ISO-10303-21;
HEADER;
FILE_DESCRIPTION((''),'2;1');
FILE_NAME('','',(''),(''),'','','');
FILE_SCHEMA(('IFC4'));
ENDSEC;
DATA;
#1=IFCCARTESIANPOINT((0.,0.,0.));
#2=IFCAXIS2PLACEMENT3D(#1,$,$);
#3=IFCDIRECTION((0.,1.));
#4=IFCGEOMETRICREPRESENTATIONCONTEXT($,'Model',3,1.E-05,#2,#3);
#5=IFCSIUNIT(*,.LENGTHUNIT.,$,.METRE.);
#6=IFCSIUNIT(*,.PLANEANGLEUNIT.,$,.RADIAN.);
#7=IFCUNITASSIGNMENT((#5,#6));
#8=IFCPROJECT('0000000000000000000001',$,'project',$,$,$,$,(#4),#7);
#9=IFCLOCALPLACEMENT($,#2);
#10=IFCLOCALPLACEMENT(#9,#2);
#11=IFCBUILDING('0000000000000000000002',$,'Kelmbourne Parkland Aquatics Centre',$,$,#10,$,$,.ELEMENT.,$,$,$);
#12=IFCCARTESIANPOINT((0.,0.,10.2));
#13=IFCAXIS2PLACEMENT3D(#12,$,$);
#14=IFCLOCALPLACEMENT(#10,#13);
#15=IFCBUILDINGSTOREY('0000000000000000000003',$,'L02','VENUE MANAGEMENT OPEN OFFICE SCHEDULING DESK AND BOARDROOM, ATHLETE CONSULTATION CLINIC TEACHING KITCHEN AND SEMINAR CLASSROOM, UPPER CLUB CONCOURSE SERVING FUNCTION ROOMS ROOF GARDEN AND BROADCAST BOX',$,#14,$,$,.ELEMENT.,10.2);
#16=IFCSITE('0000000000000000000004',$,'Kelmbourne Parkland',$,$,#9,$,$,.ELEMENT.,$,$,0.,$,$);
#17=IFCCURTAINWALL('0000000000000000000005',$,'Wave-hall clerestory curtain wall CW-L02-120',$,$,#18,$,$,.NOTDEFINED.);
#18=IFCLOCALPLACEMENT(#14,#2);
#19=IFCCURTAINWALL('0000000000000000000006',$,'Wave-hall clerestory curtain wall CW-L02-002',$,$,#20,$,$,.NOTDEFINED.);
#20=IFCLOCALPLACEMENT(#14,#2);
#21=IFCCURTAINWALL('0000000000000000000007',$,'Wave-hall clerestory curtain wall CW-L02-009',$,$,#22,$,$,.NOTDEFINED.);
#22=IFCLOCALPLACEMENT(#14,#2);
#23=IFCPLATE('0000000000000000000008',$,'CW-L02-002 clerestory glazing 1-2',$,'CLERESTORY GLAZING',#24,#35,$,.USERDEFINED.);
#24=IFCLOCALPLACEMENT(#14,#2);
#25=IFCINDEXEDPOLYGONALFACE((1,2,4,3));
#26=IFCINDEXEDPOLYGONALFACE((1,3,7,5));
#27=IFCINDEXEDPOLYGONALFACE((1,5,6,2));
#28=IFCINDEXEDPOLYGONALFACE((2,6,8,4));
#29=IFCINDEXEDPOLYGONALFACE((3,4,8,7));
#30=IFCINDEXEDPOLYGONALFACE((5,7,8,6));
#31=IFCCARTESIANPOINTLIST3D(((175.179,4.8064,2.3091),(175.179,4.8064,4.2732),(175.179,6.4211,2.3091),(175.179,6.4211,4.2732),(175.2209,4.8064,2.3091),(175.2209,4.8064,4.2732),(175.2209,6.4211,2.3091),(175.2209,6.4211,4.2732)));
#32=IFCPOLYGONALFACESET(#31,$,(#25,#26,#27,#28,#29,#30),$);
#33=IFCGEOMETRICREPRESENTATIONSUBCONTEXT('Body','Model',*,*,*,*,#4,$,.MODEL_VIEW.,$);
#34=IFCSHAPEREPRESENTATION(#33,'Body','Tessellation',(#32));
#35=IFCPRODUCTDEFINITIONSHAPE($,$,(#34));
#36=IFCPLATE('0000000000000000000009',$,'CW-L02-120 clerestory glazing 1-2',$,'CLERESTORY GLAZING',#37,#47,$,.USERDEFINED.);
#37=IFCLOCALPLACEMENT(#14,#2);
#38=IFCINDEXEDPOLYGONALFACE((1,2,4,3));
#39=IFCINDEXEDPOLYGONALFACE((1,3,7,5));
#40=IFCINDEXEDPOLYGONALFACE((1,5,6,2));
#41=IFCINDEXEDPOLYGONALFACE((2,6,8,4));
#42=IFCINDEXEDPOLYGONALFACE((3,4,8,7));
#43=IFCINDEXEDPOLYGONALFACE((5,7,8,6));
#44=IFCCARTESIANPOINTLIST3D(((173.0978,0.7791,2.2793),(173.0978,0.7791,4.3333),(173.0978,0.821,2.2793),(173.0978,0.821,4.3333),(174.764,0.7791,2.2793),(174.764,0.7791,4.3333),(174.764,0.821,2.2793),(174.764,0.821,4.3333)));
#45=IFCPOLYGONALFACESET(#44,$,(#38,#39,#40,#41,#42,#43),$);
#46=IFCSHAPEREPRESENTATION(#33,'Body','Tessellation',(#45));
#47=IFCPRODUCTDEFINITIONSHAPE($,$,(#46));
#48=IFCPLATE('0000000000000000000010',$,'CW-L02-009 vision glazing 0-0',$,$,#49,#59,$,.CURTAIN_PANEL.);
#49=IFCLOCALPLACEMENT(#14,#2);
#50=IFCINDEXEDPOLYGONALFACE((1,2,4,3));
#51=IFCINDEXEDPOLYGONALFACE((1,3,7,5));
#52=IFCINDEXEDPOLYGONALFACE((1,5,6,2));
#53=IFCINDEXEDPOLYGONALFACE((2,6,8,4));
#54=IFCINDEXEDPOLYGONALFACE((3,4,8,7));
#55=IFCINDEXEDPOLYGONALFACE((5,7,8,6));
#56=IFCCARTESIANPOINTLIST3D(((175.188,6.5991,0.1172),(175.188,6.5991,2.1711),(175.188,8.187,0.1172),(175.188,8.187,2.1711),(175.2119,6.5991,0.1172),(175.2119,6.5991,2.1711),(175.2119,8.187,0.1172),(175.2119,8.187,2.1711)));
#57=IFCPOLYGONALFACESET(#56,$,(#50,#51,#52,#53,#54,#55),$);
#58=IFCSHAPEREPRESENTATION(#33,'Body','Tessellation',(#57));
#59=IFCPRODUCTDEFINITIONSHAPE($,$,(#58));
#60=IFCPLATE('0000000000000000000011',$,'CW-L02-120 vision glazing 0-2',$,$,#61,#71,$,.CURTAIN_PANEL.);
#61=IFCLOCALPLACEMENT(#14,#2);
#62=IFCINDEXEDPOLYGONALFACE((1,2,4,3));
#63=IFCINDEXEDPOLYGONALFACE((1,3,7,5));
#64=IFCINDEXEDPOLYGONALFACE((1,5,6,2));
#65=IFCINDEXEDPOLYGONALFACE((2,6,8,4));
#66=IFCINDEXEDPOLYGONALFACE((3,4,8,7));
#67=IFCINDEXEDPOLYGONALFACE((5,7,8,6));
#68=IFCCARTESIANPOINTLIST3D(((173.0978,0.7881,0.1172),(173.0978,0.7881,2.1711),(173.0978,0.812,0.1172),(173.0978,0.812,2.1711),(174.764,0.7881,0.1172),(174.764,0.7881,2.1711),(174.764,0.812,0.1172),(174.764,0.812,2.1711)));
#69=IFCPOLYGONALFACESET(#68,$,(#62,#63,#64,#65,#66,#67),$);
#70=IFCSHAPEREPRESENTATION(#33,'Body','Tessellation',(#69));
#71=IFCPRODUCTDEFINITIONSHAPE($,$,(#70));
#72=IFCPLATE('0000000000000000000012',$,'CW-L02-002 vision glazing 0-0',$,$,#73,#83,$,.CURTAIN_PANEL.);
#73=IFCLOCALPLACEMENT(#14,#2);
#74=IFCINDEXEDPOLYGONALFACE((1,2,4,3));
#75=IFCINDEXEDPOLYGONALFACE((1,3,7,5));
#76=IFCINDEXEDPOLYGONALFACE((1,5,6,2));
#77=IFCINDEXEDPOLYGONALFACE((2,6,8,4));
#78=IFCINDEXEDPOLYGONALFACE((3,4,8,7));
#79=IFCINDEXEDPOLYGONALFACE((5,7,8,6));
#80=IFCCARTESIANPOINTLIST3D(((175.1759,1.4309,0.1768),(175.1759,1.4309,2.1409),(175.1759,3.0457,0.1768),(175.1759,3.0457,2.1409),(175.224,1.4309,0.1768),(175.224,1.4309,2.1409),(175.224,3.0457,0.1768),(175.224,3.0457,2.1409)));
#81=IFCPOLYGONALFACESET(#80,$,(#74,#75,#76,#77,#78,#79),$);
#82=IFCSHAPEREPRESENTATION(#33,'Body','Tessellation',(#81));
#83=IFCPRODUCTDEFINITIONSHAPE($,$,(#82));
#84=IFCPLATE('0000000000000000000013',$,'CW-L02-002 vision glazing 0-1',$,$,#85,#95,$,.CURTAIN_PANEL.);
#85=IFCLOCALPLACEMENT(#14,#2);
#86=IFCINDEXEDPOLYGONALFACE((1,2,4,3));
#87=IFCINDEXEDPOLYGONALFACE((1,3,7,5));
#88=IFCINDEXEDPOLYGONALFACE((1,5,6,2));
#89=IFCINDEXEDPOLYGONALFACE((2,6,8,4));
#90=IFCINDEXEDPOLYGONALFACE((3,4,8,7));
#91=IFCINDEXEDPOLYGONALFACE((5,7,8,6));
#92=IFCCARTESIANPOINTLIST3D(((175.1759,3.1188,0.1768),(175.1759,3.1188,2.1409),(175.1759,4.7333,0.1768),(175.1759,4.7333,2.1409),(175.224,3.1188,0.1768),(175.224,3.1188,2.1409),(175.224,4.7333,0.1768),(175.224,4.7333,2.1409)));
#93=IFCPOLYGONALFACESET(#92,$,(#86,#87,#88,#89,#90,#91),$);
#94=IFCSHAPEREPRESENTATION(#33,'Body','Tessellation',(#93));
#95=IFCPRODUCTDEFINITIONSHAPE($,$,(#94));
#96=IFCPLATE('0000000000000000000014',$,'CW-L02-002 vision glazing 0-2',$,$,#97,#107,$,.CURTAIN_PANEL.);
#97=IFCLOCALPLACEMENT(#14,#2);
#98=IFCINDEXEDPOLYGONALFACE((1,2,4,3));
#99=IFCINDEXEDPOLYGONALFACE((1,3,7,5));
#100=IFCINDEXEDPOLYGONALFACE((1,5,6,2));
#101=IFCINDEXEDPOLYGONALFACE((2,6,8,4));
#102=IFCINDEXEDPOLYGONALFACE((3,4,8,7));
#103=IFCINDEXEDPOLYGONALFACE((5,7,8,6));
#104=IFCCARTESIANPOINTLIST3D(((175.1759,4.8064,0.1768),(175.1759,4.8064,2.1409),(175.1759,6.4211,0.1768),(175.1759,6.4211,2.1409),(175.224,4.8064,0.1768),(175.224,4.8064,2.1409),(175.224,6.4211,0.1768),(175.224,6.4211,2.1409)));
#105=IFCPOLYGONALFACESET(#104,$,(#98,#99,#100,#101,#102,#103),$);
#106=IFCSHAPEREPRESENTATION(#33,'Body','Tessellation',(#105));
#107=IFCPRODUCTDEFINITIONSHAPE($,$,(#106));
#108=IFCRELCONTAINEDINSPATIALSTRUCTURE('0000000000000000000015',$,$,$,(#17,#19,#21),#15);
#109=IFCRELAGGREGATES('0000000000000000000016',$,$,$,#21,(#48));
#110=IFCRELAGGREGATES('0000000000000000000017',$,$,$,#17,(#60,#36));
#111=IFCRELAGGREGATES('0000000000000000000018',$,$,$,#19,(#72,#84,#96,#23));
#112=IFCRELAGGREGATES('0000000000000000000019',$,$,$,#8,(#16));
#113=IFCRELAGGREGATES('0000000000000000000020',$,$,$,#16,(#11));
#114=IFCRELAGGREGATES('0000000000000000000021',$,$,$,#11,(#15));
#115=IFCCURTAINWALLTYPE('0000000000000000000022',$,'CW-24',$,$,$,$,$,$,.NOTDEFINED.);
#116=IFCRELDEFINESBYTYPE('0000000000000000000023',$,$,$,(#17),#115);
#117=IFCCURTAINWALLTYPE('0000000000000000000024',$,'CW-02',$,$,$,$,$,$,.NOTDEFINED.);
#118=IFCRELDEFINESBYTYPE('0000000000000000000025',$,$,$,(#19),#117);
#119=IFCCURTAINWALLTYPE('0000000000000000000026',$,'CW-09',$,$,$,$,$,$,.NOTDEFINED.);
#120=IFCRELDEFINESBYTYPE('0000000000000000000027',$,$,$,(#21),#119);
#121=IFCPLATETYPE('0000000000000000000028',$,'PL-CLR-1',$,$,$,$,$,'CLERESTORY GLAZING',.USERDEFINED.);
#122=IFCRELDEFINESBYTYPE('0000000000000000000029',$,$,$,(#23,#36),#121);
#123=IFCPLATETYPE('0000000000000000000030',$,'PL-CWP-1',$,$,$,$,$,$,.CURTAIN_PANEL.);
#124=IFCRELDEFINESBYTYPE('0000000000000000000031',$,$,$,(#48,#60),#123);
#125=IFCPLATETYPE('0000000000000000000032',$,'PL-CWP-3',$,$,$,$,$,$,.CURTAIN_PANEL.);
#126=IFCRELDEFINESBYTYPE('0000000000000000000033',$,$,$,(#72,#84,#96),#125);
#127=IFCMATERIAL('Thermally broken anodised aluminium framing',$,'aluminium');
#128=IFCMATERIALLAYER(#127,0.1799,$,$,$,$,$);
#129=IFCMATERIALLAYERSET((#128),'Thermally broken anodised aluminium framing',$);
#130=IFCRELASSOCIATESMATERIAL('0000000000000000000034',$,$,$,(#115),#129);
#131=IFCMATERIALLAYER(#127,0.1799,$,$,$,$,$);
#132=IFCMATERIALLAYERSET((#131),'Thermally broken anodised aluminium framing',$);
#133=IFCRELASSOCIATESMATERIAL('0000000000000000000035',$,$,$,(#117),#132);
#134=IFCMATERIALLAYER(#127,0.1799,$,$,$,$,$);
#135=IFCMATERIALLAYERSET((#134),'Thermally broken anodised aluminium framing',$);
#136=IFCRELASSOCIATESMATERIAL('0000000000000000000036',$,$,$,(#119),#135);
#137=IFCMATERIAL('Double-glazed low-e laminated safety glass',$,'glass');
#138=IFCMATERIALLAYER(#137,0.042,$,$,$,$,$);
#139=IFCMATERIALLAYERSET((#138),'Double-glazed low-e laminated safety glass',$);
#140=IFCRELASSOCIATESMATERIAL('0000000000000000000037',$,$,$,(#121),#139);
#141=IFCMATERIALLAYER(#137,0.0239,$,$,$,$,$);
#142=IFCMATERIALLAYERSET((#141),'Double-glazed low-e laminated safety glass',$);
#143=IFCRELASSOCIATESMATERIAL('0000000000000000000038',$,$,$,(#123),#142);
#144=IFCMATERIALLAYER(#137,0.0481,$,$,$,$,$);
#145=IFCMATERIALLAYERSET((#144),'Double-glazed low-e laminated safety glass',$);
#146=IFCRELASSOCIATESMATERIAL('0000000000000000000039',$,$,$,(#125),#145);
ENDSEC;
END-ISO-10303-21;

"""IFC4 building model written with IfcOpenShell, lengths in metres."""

from ifc_helpers import new_model, si_unit, direction, frame, origin, origin_2d, place, context, subcontext, project, spatial, rectangle, extrude, material, layer, layer_set, type_object, element, aggregate, save


model = new_model("IFC4")

# Units and contexts
model_context = context("Model", 3, precision=1e-05, world=origin(), true_north=direction((0.0, 1.0)))
body_context = subcontext(model_context, "Body", "Model", "MODEL_VIEW")
ifc_project = project(units=[si_unit("LENGTHUNIT", "METRE"), si_unit("PLANEANGLEUNIT", "RADIAN")], contexts=[model_context])

# Site, building, storey
site_placement = place(None, origin())
site = spatial("IfcSite", under=ifc_project, at=site_placement, Name="Kelmbourne Parkland", CompositionType="ELEMENT", RefElevation=0.0)
building_placement = place(site_placement, origin())
building = spatial("IfcBuilding", under=site, at=building_placement, Name="Kelmbourne Parkland Aquatics Centre", CompositionType="ELEMENT")
storey_placement = place(building_placement, frame((0.0, 0.0, 10.2)))
storey = spatial("IfcBuildingStorey", under=building, at=storey_placement, Name="L02", Description="VENUE MANAGEMENT OPEN OFFICE SCHEDULING DESK AND BOARDROOM, ATHLETE CONSULTATION CLINIC TEACHING KITCHEN AND SEMINAR CLASSROOM, UPPER CLUB CONCOURSE SERVING FUNCTION ROOMS ROOF GARDEN AND BROADCAST BOX", CompositionType="ELEMENT", Elevation=10.2)

# Curtain wall
ifc_material_1 = material(Name="Thermally broken anodised aluminium framing", Category="aluminium")
ifc_layer_1 = layer(ifc_material_1, 0.1799)
ifc_layer_set_1 = layer_set([ifc_layer_1], Name="Thermally broken anodised aluminium framing")
curtain_wall_type_1 = type_object("IfcCurtainWallType", Name="CW-24", PredefinedType="NOTDEFINED", material=ifc_layer_set_1)
curtain_wall_1_placement = place(storey_placement, origin())
curtain_wall_1 = element("IfcCurtainWall", 1, at=curtain_wall_1_placement, inside=storey, type_object=curtain_wall_type_1, Name="Wave-hall clerestory curtain wall CW-L02-120", PredefinedType="NOTDEFINED")

# Curtain walls
ifc_layer_2 = layer(ifc_material_1, 0.1799)
ifc_layer_set_2 = layer_set([ifc_layer_2], Name="Thermally broken anodised aluminium framing")
curtain_wall_type_2 = type_object("IfcCurtainWallType", Name="CW-02", PredefinedType="NOTDEFINED", material=ifc_layer_set_2)
curtain_wall_2_placement = place(storey_placement, origin())
curtain_wall_2 = element("IfcCurtainWall", 2, at=curtain_wall_2_placement, inside=storey, type_object=curtain_wall_type_2, Name="Wave-hall clerestory curtain wall CW-L02-002", PredefinedType="NOTDEFINED")
ifc_layer_3 = layer(ifc_material_1, 0.1799)
ifc_layer_set_3 = layer_set([ifc_layer_3], Name="Thermally broken anodised aluminium framing")
curtain_wall_type_3 = type_object("IfcCurtainWallType", Name="CW-09", PredefinedType="NOTDEFINED", material=ifc_layer_set_3)
curtain_wall_3_placement = place(storey_placement, origin())
curtain_wall_3 = element("IfcCurtainWall", 3, at=curtain_wall_3_placement, inside=storey, type_object=curtain_wall_type_3, Name="Wave-hall clerestory curtain wall CW-L02-009", PredefinedType="NOTDEFINED")

# Plates
ifc_material_2 = material(Name="Double-glazed low-e laminated safety glass", Category="glass")
ifc_layer_4 = layer(ifc_material_2, 0.042)
ifc_layer_set_4 = layer_set([ifc_layer_4], Name="Double-glazed low-e laminated safety glass")
plate_type_1 = type_object("IfcPlateType", Name="PL-CLR-1", ElementType="CLERESTORY GLAZING", PredefinedType="USERDEFINED", material=ifc_layer_set_4)
plate_1_placement = place(storey_placement, frame((175.2, 5.6138, 2.3091), z_axis=(0.0, 0.0, 1.0), x_axis=(0.0, 1.0, 0.0)))
plate_1 = element("IfcPlate", 4, at=plate_1_placement, type_object=plate_type_1, Name="CW-L02-002 clerestory glazing 1-2", ObjectType="CLERESTORY GLAZING", PredefinedType="USERDEFINED", context=body_context, shape_type="SweptSolid", body=[
    extrude(rectangle(XDim=1.6147, YDim=0.042, at=origin_2d()), origin(), (0.0, 0.0, 1.0), 1.9641),
])
plate_2_placement = place(storey_placement, frame((173.9309, 0.8, 2.2793), z_axis=(0.0, 0.0, 1.0), x_axis=(1.0, 0.0, 0.0)))
plate_2 = element("IfcPlate", 5, at=plate_2_placement, type_object=plate_type_1, Name="CW-L02-120 clerestory glazing 1-2", ObjectType="CLERESTORY GLAZING", PredefinedType="USERDEFINED", context=body_context, shape_type="SweptSolid", body=[
    extrude(rectangle(XDim=1.6663, YDim=0.042, at=origin_2d()), origin(), (0.0, 0.0, 1.0), 2.054),
])
ifc_layer_5 = layer(ifc_material_2, 0.0239)
ifc_layer_set_5 = layer_set([ifc_layer_5], Name="Double-glazed low-e laminated safety glass")
plate_type_2 = type_object("IfcPlateType", Name="PL-CWP-1", PredefinedType="CURTAIN_PANEL", material=ifc_layer_set_5)
plate_3_placement = place(storey_placement, frame((175.2, 7.3931, 0.1172), z_axis=(0.0, 0.0, 1.0), x_axis=(0.0, 1.0, 0.0)))
plate_3 = element("IfcPlate", 6, at=plate_3_placement, type_object=plate_type_2, Name="CW-L02-009 vision glazing 0-0", PredefinedType="CURTAIN_PANEL", context=body_context, shape_type="SweptSolid", body=[
    extrude(rectangle(XDim=1.5879, YDim=0.0239, at=origin_2d()), origin(), (0.0, 0.0, 1.0), 2.054),
])
aggregate(curtain_wall_3, [plate_3])
plate_4_placement = place(storey_placement, frame((173.9309, 0.8, 0.1172), z_axis=(0.0, 0.0, 1.0), x_axis=(1.0, 0.0, 0.0)))
plate_4 = element("IfcPlate", 7, at=plate_4_placement, type_object=plate_type_2, Name="CW-L02-120 vision glazing 0-2", PredefinedType="CURTAIN_PANEL", context=body_context, shape_type="SweptSolid", body=[
    extrude(rectangle(XDim=1.6663, YDim=0.0239, at=origin_2d()), origin(), (0.0, 0.0, 1.0), 2.054),
])
aggregate(curtain_wall_1, [plate_4, plate_2])
ifc_layer_6 = layer(ifc_material_2, 0.0481)
ifc_layer_set_6 = layer_set([ifc_layer_6], Name="Double-glazed low-e laminated safety glass")
plate_type_3 = type_object("IfcPlateType", Name="PL-CWP-3", PredefinedType="CURTAIN_PANEL", material=ifc_layer_set_6)
plate_5_placement = place(storey_placement, frame((175.2, 2.2383, 0.1768), z_axis=(0.0, 0.0, 1.0), x_axis=(0.0, 1.0, 0.0)))
plate_5 = element("IfcPlate", 8, at=plate_5_placement, type_object=plate_type_3, Name="CW-L02-002 vision glazing 0-0", PredefinedType="CURTAIN_PANEL", context=body_context, shape_type="SweptSolid", body=[
    extrude(rectangle(XDim=1.6147, YDim=0.0481, at=origin_2d()), origin(), (0.0, 0.0, 1.0), 1.9641),
])
plate_6_placement = place(storey_placement, frame((175.2, 3.926, 0.1768), z_axis=(0.0, 0.0, 1.0), x_axis=(0.0, 1.0, 0.0)))
plate_6 = element("IfcPlate", 9, at=plate_6_placement, type_object=plate_type_3, Name="CW-L02-002 vision glazing 0-1", PredefinedType="CURTAIN_PANEL", context=body_context, shape_type="SweptSolid", body=[
    extrude(rectangle(XDim=1.6145, YDim=0.0481, at=origin_2d()), origin(), (0.0, 0.0, 1.0), 1.9641),
])
plate_7_placement = place(storey_placement, frame((175.2, 5.6138, 0.1768), z_axis=(0.0, 0.0, 1.0), x_axis=(0.0, 1.0, 0.0)))
plate_7 = element("IfcPlate", 10, at=plate_7_placement, type_object=plate_type_3, Name="CW-L02-002 vision glazing 0-2", PredefinedType="CURTAIN_PANEL", context=body_context, shape_type="SweptSolid", body=[
    extrude(rectangle(XDim=1.6147, YDim=0.0481, at=origin_2d()), origin(), (0.0, 0.0, 1.0), 1.9641),
])
aggregate(curtain_wall_2, [plate_5, plate_6, plate_7, plate_1])

save(model, "model.ifc")
